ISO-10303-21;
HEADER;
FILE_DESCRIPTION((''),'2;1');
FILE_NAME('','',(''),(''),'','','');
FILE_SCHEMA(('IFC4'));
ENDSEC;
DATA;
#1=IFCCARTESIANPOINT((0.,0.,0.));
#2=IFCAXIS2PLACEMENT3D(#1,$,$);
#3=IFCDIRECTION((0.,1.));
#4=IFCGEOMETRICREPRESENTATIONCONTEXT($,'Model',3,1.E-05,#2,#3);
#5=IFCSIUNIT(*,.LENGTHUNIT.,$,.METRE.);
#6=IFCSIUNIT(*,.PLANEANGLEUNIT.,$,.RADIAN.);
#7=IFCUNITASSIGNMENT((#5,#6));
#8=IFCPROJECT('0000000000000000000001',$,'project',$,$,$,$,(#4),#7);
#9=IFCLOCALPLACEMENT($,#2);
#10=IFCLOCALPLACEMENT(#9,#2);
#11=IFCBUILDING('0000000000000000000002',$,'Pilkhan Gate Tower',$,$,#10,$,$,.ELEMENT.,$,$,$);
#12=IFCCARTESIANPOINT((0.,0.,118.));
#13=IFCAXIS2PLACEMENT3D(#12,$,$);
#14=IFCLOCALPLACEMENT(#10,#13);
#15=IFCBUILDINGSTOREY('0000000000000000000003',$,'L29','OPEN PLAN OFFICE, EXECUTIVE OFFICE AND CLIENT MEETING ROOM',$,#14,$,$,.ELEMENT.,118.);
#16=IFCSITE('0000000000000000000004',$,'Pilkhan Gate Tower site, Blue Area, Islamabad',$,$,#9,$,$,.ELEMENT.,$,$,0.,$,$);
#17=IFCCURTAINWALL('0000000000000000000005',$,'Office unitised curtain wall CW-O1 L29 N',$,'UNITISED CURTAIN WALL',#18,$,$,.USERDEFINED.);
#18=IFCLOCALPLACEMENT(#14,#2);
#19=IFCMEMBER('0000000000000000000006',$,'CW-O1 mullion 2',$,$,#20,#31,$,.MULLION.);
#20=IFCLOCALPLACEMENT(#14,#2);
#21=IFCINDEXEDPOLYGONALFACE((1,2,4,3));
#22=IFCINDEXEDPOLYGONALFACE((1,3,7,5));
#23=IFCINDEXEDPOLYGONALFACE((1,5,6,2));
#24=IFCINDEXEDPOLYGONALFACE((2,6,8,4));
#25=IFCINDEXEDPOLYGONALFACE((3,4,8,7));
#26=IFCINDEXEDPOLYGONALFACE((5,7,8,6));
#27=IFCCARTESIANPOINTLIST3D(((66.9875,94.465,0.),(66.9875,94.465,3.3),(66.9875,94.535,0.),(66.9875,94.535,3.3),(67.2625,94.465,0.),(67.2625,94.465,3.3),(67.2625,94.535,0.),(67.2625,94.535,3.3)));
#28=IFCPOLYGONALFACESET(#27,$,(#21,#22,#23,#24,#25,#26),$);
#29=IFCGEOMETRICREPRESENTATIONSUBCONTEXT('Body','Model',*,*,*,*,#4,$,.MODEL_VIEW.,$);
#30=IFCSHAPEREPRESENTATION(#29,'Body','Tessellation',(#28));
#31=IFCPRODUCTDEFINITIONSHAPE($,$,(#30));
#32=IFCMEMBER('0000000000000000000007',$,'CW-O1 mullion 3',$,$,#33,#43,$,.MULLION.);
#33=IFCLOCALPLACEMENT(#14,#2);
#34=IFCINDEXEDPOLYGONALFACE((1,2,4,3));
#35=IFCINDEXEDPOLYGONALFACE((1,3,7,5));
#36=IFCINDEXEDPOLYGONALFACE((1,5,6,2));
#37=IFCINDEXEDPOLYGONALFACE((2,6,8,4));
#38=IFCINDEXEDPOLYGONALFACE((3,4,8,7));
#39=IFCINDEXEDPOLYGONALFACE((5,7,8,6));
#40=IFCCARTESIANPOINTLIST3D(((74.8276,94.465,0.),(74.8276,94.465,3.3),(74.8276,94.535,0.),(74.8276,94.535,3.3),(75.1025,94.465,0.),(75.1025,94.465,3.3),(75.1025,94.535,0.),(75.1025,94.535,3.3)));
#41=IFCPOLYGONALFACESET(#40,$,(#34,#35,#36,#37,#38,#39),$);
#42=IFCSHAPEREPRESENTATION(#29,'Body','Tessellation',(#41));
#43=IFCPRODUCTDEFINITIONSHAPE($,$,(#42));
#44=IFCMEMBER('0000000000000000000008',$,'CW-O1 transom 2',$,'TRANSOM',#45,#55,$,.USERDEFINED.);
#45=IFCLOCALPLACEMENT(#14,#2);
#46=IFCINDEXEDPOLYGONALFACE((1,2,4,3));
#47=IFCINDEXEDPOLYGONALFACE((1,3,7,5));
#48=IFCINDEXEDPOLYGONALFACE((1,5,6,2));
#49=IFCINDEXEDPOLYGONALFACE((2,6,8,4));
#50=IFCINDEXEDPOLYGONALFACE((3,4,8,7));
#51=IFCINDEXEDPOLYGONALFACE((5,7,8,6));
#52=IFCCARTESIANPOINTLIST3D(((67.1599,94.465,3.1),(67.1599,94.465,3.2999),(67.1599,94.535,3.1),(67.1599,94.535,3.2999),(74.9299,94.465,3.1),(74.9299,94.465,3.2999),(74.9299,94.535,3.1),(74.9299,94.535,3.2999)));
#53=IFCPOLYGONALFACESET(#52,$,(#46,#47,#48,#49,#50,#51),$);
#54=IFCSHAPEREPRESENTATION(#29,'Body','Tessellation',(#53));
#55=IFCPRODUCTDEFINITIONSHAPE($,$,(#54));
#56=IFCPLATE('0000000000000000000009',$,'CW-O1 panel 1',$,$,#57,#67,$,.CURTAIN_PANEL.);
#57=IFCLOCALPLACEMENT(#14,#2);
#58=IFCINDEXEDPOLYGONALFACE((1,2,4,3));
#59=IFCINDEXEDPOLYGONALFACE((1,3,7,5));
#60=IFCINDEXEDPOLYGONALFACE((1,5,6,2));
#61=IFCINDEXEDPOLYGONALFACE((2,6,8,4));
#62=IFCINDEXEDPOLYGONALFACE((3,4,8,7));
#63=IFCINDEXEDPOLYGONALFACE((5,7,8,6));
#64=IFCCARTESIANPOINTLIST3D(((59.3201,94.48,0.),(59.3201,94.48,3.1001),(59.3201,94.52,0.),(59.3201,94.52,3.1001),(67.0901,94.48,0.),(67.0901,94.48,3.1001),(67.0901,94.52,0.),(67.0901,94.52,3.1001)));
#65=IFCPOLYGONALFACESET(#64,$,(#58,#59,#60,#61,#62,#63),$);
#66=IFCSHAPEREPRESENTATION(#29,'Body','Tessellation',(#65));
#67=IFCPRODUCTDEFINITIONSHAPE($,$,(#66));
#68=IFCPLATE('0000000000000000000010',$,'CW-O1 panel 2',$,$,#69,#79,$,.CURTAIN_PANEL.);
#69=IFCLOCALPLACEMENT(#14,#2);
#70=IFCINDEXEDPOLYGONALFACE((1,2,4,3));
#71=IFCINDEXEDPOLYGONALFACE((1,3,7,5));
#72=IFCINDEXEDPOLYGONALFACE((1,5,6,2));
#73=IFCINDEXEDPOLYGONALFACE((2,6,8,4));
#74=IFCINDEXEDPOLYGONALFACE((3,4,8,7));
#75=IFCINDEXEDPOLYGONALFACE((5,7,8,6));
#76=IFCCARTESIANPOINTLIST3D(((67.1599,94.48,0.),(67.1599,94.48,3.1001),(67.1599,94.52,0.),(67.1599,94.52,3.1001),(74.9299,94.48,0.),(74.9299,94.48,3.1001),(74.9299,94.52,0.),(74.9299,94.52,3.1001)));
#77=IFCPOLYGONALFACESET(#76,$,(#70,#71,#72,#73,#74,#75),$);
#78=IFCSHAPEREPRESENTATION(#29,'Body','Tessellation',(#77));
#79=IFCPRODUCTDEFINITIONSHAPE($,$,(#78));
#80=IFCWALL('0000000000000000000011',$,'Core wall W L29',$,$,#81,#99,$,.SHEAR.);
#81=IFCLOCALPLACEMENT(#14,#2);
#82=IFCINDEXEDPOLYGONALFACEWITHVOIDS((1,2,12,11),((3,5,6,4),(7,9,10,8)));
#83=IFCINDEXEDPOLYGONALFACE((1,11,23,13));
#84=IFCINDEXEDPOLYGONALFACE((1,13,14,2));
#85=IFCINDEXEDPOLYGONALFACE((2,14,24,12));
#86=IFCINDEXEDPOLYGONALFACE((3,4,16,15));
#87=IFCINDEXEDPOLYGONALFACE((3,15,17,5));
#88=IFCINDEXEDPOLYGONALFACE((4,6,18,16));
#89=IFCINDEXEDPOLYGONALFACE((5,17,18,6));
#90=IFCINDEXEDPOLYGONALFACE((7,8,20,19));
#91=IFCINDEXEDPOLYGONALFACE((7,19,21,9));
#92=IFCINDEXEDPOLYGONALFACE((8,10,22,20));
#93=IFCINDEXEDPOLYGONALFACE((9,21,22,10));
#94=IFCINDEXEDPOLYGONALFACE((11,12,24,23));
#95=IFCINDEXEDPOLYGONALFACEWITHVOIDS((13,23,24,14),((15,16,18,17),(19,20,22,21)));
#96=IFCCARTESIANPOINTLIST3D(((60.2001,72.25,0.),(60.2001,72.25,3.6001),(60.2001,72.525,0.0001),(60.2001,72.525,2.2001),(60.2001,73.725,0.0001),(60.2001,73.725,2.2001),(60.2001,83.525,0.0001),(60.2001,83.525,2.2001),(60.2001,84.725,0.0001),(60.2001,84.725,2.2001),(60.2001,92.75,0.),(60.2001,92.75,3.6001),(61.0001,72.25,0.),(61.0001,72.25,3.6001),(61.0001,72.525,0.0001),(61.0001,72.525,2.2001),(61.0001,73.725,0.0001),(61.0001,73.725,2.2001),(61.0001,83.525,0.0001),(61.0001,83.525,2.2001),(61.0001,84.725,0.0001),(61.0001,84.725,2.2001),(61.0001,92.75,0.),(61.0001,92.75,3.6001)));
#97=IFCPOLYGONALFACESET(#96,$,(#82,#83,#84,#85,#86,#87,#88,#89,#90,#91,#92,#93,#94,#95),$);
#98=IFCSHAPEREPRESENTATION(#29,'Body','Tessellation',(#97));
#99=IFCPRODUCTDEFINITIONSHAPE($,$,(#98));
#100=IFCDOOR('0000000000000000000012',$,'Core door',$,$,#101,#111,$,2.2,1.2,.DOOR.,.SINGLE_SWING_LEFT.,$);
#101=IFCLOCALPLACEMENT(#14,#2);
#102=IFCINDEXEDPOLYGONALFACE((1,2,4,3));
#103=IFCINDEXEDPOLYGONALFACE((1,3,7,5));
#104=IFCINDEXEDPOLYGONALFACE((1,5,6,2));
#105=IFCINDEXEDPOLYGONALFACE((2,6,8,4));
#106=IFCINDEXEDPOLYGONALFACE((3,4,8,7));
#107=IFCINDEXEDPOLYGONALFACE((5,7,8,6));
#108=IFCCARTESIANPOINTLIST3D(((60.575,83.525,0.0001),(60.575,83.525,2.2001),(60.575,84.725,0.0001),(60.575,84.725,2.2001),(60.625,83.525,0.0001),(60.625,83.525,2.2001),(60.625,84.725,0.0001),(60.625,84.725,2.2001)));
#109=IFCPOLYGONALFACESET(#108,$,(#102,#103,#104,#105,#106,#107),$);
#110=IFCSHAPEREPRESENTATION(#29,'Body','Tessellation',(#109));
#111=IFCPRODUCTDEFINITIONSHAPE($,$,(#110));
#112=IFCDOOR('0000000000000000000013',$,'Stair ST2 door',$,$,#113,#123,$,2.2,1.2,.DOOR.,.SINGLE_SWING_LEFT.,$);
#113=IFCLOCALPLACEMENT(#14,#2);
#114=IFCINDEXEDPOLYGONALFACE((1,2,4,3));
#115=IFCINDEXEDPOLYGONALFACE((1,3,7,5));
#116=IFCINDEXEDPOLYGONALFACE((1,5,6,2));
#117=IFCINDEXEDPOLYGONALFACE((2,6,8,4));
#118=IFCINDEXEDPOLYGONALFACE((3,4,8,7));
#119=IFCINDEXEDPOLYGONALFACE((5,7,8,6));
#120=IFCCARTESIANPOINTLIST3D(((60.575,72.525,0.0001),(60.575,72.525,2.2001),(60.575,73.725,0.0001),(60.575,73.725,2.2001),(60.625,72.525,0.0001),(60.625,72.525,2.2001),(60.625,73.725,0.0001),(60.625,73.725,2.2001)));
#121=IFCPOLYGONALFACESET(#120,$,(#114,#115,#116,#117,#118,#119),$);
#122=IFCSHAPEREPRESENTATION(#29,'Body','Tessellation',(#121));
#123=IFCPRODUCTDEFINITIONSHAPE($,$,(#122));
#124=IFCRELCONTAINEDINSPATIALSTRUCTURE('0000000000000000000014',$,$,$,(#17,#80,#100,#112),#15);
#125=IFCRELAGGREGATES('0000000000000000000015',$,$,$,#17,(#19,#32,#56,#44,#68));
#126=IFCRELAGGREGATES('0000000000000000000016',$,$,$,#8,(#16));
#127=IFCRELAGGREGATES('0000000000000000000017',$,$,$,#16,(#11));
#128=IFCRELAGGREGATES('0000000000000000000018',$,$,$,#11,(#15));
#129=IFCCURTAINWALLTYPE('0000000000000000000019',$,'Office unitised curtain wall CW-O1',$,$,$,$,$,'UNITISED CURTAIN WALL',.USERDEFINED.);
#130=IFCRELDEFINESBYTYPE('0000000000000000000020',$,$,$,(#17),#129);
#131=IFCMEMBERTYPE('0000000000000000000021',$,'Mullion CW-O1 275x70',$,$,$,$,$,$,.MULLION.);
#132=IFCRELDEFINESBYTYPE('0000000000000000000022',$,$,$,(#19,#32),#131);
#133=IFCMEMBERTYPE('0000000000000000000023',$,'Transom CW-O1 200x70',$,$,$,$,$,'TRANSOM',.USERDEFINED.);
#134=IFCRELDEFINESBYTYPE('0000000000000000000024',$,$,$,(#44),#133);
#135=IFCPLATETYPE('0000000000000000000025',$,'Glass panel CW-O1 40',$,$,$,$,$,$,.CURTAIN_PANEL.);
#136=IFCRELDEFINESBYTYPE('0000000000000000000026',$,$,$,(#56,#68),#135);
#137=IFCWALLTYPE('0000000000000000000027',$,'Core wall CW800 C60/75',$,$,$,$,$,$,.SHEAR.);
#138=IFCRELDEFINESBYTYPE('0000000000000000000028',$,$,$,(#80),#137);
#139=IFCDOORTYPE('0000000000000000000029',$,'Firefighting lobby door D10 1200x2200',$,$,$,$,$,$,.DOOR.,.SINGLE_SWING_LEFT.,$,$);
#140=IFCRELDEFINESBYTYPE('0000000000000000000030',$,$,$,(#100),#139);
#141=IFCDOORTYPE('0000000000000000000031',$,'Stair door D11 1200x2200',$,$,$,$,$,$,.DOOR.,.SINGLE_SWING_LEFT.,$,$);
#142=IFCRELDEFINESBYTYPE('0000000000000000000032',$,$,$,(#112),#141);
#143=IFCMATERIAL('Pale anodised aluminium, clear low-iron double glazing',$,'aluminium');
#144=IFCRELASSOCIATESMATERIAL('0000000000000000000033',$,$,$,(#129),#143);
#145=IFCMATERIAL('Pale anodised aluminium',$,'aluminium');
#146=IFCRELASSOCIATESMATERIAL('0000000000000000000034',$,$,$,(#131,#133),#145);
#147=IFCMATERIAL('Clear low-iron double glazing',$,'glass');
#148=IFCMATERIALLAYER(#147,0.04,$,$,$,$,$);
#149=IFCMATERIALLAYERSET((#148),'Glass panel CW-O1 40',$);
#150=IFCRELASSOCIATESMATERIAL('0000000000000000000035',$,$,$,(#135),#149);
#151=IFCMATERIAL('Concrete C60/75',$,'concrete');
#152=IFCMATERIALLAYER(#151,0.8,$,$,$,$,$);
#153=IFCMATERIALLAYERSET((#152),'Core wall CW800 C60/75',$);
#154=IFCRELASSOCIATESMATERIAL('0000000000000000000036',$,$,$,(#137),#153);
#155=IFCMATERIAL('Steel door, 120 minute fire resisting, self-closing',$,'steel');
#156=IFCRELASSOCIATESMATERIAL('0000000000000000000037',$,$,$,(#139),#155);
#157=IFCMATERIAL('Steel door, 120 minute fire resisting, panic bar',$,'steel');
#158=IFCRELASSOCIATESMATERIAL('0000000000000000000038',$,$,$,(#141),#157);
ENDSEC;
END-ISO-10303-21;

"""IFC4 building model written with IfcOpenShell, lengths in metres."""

from ifc_helpers import new_model, si_unit, direction, frame, frame_2d, origin, origin_2d, place, context, subcontext, project, spatial, rectangle, extrude, material, layer, layer_set, material_profile, profile_set, type_object, element, fill, aggregate, save


model = new_model("IFC4")

# Units and contexts
model_context = context("Model", 3, precision=1e-05, world=origin(), true_north=direction((0.0, 1.0)))
body_context = subcontext(model_context, "Body", "Model", "MODEL_VIEW")
ifc_project = project(units=[si_unit("LENGTHUNIT", "METRE"), si_unit("PLANEANGLEUNIT", "RADIAN")], contexts=[model_context])

# Site, building, storey
site_placement = place(None, origin())
site = spatial("IfcSite", under=ifc_project, at=site_placement, Name="Pilkhan Gate Tower site, Blue Area, Islamabad", CompositionType="ELEMENT", RefElevation=0.0)
building_placement = place(site_placement, origin())
building = spatial("IfcBuilding", under=site, at=building_placement, Name="Pilkhan Gate Tower", CompositionType="ELEMENT")
storey_placement = place(building_placement, frame((0.0, 0.0, 118.0)))
storey = spatial("IfcBuildingStorey", under=building, at=storey_placement, Name="L29", Description="OPEN PLAN OFFICE, EXECUTIVE OFFICE AND CLIENT MEETING ROOM", CompositionType="ELEMENT", Elevation=118.0)

# Curtain wall, members, plates
ifc_material_1 = material(Name="Pale anodised aluminium, clear low-iron double glazing", Category="aluminium")
curtain_wall_type = type_object("IfcCurtainWallType", Name="Office unitised curtain wall CW-O1", ElementType="UNITISED CURTAIN WALL", PredefinedType="USERDEFINED", material=ifc_material_1)
curtain_wall_placement = place(storey_placement, origin())
curtain_wall = element("IfcCurtainWall", 1, at=curtain_wall_placement, inside=storey, type_object=curtain_wall_type, Name="Office unitised curtain wall CW-O1 L29 N", ObjectType="UNITISED CURTAIN WALL", PredefinedType="USERDEFINED")
ifc_material_2 = material(Name="Pale anodised aluminium", Category="aluminium")
ifc_material_profile_1 = material_profile(ifc_material_2, rectangle(XDim=0.0701, YDim=0.2749, at=origin_2d()), Name="Mullion 275x70")
ifc_profile_set_1 = profile_set([ifc_material_profile_1], Name="Pale anodised aluminium")
member_type_1 = type_object("IfcMemberType", Name="Mullion CW-O1 275x70", PredefinedType="MULLION", material=ifc_profile_set_1)
member_1_placement = place(storey_placement, frame((67.125, 94.5, 0.0), z_axis=(0.0, 0.0, 1.0), x_axis=(0.0, 1.0, 0.0)))
member_1 = element("IfcMember", 2, at=member_1_placement, type_object=member_type_1, Name="CW-O1 mullion 2", PredefinedType="MULLION", context=body_context, shape_type="SweptSolid", body=[
    extrude(rectangle(XDim=0.0701, YDim=0.2749, at=origin_2d()), origin(), (0.0, 0.0, 1.0), 3.3),
])
member_2_placement = place(storey_placement, frame((74.9651, 94.5, 0.0), z_axis=(0.0, 0.0, 1.0), x_axis=(0.0, 1.0, 0.0)))
member_2 = element("IfcMember", 3, at=member_2_placement, type_object=member_type_1, Name="CW-O1 mullion 3", PredefinedType="MULLION", context=body_context, shape_type="SweptSolid", body=[
    extrude(rectangle(XDim=0.0701, YDim=0.2749, at=origin_2d()), origin(), (0.0, 0.0, 1.0), 3.3),
])
ifc_material_profile_2 = material_profile(ifc_material_2, rectangle(XDim=0.0701, YDim=0.2, at=origin_2d()), Name="Transom 200x70")
ifc_profile_set_2 = profile_set([ifc_material_profile_2], Name="Pale anodised aluminium")
member_type_2 = type_object("IfcMemberType", Name="Transom CW-O1 200x70", ElementType="TRANSOM", PredefinedType="USERDEFINED", material=ifc_profile_set_2)
member_3_placement = place(storey_placement, frame((67.1599, 94.5, 3.2), z_axis=(1.0, 0.0, 0.0), x_axis=(0.0, 1.0, 0.0)))
member_3 = element("IfcMember", 4, at=member_3_placement, type_object=member_type_2, Name="CW-O1 transom 2", ObjectType="TRANSOM", PredefinedType="USERDEFINED", context=body_context, shape_type="SweptSolid", body=[
    extrude(rectangle(XDim=0.0701, YDim=0.2, at=origin_2d()), origin(), (0.0, 0.0, 1.0), 7.77),
])
ifc_material_3 = material(Name="Clear low-iron double glazing", Category="glass")
ifc_layer_1 = layer(ifc_material_3, 0.04)
ifc_layer_set_1 = layer_set([ifc_layer_1], Name="Glass panel CW-O1 40")
plate_type = type_object("IfcPlateType", Name="Glass panel CW-O1 40", PredefinedType="CURTAIN_PANEL", material=ifc_layer_set_1)
plate_1_placement = place(storey_placement, frame((63.2051, 94.5, 0.0), z_axis=(0.0, 0.0, 1.0), x_axis=(1.0, 0.0, 0.0)))
plate_1 = element("IfcPlate", 5, at=plate_1_placement, type_object=plate_type, Name="CW-O1 panel 1", PredefinedType="CURTAIN_PANEL", context=body_context, shape_type="SweptSolid", body=[
    extrude(rectangle(XDim=7.77, YDim=0.04, at=origin_2d()), origin(), (0.0, 0.0, 1.0), 3.1001),
])
plate_2_placement = place(storey_placement, frame((71.0449, 94.5, 0.0), z_axis=(0.0, 0.0, 1.0), x_axis=(1.0, 0.0, 0.0)))
plate_2 = element("IfcPlate", 6, at=plate_2_placement, type_object=plate_type, Name="CW-O1 panel 2", PredefinedType="CURTAIN_PANEL", context=body_context, shape_type="SweptSolid", body=[
    extrude(rectangle(XDim=7.77, YDim=0.04, at=origin_2d()), origin(), (0.0, 0.0, 1.0), 3.1001),
])
aggregate(curtain_wall, [member_1, member_2, plate_1, member_3, plate_2])

# Wall, openings, doors
ifc_material_4 = material(Name="Concrete C60/75", Category="concrete")
ifc_layer_2 = layer(ifc_material_4, 0.8)
ifc_layer_set_2 = layer_set([ifc_layer_2], Name="Core wall CW800 C60/75")
wall_type_1 = type_object("IfcWallType", Name="Core wall CW800 C60/75", PredefinedType="SHEAR", material=ifc_layer_set_2)
wall_1_placement = place(storey_placement, frame((60.6001, 92.75, 0.0), z_axis=(0.0, 0.0, 1.0), x_axis=(0.0, -1.0, 0.0)))
wall_1 = element("IfcWall", 7, at=wall_1_placement, inside=storey, type_object=wall_type_1, Name="Core wall W L29", PredefinedType="SHEAR", context=body_context, shape_type="SweptSolid", body=[
    extrude(rectangle(XDim=20.5, YDim=0.8, at=frame_2d((10.25, 0.0))), origin(), (0.0, 0.0, 1.0), 3.6001),
])
opening_1_placement = place(wall_1_placement, frame((19.0249, 0.0, 0.0)))
opening_1 = element("IfcOpeningElement", 8, at=opening_1_placement, cuts=wall_1, PredefinedType="OPENING", context=body_context, shape_type="SweptSolid", body=[
    extrude(rectangle(XDim=1.2, YDim=2.2, at=frame_2d((0.6001, 1.1001))), frame((0.0, 0.4099, 0.0), z_axis=(0.0, -1.0, 0.0), x_axis=(1.0, 0.0, 0.0)), (0.0, 0.0, 1.0), 0.8201),
])
opening_2_placement = place(wall_1_placement, frame((8.0249, 0.0, 0.0)))
opening_2 = element("IfcOpeningElement", 9, at=opening_2_placement, cuts=wall_1, PredefinedType="OPENING", context=body_context, shape_type="SweptSolid", body=[
    extrude(rectangle(XDim=1.2, YDim=2.2, at=frame_2d((0.6001, 1.1001))), frame((0.0, 0.4099, 0.0), z_axis=(0.0, -1.0, 0.0), x_axis=(1.0, 0.0, 0.0)), (0.0, 0.0, 1.0), 0.8201),
])
ifc_material_5 = material(Name="Steel door, 120 minute fire resisting, self-closing", Category="steel")
door_type_1 = type_object("IfcDoorType", Name="Firefighting lobby door D10 1200x2200", OperationType="SINGLE_SWING_LEFT", PredefinedType="DOOR", material=ifc_material_5)
door_1_placement = place(opening_2_placement, origin())
door_1 = element("IfcDoor", 10, at=door_1_placement, inside=storey, type_object=door_type_1, Name="Core door", OperationType="SINGLE_SWING_LEFT", OverallHeight=2.2, OverallWidth=1.2, PredefinedType="DOOR", context=body_context, shape_type="SweptSolid", body=[
    extrude(rectangle(XDim=1.2, YDim=2.2, at=frame_2d((0.6001, 1.1001))), frame((0.0, 0.0249, 0.0), z_axis=(0.0, -1.0, 0.0), x_axis=(1.0, 0.0, 0.0)), (0.0, 0.0, 1.0), 0.05),
])
fill(opening_2, door_1)
ifc_material_6 = material(Name="Steel door, 120 minute fire resisting, panic bar", Category="steel")
door_type_2 = type_object("IfcDoorType", Name="Stair door D11 1200x2200", OperationType="SINGLE_SWING_LEFT", PredefinedType="DOOR", material=ifc_material_6)
door_2_placement = place(opening_1_placement, origin())
door_2 = element("IfcDoor", 11, at=door_2_placement, inside=storey, type_object=door_type_2, Name="Stair ST2 door", OperationType="SINGLE_SWING_LEFT", OverallHeight=2.2, OverallWidth=1.2, PredefinedType="DOOR", context=body_context, shape_type="SweptSolid", body=[
    extrude(rectangle(XDim=1.2, YDim=2.2, at=frame_2d((0.6001, 1.1001))), frame((0.0, 0.0249, 0.0), z_axis=(0.0, -1.0, 0.0), x_axis=(1.0, 0.0, 0.0)), (0.0, 0.0, 1.0), 0.05),
])
fill(opening_1, door_2)

save(model, "model.ifc")
